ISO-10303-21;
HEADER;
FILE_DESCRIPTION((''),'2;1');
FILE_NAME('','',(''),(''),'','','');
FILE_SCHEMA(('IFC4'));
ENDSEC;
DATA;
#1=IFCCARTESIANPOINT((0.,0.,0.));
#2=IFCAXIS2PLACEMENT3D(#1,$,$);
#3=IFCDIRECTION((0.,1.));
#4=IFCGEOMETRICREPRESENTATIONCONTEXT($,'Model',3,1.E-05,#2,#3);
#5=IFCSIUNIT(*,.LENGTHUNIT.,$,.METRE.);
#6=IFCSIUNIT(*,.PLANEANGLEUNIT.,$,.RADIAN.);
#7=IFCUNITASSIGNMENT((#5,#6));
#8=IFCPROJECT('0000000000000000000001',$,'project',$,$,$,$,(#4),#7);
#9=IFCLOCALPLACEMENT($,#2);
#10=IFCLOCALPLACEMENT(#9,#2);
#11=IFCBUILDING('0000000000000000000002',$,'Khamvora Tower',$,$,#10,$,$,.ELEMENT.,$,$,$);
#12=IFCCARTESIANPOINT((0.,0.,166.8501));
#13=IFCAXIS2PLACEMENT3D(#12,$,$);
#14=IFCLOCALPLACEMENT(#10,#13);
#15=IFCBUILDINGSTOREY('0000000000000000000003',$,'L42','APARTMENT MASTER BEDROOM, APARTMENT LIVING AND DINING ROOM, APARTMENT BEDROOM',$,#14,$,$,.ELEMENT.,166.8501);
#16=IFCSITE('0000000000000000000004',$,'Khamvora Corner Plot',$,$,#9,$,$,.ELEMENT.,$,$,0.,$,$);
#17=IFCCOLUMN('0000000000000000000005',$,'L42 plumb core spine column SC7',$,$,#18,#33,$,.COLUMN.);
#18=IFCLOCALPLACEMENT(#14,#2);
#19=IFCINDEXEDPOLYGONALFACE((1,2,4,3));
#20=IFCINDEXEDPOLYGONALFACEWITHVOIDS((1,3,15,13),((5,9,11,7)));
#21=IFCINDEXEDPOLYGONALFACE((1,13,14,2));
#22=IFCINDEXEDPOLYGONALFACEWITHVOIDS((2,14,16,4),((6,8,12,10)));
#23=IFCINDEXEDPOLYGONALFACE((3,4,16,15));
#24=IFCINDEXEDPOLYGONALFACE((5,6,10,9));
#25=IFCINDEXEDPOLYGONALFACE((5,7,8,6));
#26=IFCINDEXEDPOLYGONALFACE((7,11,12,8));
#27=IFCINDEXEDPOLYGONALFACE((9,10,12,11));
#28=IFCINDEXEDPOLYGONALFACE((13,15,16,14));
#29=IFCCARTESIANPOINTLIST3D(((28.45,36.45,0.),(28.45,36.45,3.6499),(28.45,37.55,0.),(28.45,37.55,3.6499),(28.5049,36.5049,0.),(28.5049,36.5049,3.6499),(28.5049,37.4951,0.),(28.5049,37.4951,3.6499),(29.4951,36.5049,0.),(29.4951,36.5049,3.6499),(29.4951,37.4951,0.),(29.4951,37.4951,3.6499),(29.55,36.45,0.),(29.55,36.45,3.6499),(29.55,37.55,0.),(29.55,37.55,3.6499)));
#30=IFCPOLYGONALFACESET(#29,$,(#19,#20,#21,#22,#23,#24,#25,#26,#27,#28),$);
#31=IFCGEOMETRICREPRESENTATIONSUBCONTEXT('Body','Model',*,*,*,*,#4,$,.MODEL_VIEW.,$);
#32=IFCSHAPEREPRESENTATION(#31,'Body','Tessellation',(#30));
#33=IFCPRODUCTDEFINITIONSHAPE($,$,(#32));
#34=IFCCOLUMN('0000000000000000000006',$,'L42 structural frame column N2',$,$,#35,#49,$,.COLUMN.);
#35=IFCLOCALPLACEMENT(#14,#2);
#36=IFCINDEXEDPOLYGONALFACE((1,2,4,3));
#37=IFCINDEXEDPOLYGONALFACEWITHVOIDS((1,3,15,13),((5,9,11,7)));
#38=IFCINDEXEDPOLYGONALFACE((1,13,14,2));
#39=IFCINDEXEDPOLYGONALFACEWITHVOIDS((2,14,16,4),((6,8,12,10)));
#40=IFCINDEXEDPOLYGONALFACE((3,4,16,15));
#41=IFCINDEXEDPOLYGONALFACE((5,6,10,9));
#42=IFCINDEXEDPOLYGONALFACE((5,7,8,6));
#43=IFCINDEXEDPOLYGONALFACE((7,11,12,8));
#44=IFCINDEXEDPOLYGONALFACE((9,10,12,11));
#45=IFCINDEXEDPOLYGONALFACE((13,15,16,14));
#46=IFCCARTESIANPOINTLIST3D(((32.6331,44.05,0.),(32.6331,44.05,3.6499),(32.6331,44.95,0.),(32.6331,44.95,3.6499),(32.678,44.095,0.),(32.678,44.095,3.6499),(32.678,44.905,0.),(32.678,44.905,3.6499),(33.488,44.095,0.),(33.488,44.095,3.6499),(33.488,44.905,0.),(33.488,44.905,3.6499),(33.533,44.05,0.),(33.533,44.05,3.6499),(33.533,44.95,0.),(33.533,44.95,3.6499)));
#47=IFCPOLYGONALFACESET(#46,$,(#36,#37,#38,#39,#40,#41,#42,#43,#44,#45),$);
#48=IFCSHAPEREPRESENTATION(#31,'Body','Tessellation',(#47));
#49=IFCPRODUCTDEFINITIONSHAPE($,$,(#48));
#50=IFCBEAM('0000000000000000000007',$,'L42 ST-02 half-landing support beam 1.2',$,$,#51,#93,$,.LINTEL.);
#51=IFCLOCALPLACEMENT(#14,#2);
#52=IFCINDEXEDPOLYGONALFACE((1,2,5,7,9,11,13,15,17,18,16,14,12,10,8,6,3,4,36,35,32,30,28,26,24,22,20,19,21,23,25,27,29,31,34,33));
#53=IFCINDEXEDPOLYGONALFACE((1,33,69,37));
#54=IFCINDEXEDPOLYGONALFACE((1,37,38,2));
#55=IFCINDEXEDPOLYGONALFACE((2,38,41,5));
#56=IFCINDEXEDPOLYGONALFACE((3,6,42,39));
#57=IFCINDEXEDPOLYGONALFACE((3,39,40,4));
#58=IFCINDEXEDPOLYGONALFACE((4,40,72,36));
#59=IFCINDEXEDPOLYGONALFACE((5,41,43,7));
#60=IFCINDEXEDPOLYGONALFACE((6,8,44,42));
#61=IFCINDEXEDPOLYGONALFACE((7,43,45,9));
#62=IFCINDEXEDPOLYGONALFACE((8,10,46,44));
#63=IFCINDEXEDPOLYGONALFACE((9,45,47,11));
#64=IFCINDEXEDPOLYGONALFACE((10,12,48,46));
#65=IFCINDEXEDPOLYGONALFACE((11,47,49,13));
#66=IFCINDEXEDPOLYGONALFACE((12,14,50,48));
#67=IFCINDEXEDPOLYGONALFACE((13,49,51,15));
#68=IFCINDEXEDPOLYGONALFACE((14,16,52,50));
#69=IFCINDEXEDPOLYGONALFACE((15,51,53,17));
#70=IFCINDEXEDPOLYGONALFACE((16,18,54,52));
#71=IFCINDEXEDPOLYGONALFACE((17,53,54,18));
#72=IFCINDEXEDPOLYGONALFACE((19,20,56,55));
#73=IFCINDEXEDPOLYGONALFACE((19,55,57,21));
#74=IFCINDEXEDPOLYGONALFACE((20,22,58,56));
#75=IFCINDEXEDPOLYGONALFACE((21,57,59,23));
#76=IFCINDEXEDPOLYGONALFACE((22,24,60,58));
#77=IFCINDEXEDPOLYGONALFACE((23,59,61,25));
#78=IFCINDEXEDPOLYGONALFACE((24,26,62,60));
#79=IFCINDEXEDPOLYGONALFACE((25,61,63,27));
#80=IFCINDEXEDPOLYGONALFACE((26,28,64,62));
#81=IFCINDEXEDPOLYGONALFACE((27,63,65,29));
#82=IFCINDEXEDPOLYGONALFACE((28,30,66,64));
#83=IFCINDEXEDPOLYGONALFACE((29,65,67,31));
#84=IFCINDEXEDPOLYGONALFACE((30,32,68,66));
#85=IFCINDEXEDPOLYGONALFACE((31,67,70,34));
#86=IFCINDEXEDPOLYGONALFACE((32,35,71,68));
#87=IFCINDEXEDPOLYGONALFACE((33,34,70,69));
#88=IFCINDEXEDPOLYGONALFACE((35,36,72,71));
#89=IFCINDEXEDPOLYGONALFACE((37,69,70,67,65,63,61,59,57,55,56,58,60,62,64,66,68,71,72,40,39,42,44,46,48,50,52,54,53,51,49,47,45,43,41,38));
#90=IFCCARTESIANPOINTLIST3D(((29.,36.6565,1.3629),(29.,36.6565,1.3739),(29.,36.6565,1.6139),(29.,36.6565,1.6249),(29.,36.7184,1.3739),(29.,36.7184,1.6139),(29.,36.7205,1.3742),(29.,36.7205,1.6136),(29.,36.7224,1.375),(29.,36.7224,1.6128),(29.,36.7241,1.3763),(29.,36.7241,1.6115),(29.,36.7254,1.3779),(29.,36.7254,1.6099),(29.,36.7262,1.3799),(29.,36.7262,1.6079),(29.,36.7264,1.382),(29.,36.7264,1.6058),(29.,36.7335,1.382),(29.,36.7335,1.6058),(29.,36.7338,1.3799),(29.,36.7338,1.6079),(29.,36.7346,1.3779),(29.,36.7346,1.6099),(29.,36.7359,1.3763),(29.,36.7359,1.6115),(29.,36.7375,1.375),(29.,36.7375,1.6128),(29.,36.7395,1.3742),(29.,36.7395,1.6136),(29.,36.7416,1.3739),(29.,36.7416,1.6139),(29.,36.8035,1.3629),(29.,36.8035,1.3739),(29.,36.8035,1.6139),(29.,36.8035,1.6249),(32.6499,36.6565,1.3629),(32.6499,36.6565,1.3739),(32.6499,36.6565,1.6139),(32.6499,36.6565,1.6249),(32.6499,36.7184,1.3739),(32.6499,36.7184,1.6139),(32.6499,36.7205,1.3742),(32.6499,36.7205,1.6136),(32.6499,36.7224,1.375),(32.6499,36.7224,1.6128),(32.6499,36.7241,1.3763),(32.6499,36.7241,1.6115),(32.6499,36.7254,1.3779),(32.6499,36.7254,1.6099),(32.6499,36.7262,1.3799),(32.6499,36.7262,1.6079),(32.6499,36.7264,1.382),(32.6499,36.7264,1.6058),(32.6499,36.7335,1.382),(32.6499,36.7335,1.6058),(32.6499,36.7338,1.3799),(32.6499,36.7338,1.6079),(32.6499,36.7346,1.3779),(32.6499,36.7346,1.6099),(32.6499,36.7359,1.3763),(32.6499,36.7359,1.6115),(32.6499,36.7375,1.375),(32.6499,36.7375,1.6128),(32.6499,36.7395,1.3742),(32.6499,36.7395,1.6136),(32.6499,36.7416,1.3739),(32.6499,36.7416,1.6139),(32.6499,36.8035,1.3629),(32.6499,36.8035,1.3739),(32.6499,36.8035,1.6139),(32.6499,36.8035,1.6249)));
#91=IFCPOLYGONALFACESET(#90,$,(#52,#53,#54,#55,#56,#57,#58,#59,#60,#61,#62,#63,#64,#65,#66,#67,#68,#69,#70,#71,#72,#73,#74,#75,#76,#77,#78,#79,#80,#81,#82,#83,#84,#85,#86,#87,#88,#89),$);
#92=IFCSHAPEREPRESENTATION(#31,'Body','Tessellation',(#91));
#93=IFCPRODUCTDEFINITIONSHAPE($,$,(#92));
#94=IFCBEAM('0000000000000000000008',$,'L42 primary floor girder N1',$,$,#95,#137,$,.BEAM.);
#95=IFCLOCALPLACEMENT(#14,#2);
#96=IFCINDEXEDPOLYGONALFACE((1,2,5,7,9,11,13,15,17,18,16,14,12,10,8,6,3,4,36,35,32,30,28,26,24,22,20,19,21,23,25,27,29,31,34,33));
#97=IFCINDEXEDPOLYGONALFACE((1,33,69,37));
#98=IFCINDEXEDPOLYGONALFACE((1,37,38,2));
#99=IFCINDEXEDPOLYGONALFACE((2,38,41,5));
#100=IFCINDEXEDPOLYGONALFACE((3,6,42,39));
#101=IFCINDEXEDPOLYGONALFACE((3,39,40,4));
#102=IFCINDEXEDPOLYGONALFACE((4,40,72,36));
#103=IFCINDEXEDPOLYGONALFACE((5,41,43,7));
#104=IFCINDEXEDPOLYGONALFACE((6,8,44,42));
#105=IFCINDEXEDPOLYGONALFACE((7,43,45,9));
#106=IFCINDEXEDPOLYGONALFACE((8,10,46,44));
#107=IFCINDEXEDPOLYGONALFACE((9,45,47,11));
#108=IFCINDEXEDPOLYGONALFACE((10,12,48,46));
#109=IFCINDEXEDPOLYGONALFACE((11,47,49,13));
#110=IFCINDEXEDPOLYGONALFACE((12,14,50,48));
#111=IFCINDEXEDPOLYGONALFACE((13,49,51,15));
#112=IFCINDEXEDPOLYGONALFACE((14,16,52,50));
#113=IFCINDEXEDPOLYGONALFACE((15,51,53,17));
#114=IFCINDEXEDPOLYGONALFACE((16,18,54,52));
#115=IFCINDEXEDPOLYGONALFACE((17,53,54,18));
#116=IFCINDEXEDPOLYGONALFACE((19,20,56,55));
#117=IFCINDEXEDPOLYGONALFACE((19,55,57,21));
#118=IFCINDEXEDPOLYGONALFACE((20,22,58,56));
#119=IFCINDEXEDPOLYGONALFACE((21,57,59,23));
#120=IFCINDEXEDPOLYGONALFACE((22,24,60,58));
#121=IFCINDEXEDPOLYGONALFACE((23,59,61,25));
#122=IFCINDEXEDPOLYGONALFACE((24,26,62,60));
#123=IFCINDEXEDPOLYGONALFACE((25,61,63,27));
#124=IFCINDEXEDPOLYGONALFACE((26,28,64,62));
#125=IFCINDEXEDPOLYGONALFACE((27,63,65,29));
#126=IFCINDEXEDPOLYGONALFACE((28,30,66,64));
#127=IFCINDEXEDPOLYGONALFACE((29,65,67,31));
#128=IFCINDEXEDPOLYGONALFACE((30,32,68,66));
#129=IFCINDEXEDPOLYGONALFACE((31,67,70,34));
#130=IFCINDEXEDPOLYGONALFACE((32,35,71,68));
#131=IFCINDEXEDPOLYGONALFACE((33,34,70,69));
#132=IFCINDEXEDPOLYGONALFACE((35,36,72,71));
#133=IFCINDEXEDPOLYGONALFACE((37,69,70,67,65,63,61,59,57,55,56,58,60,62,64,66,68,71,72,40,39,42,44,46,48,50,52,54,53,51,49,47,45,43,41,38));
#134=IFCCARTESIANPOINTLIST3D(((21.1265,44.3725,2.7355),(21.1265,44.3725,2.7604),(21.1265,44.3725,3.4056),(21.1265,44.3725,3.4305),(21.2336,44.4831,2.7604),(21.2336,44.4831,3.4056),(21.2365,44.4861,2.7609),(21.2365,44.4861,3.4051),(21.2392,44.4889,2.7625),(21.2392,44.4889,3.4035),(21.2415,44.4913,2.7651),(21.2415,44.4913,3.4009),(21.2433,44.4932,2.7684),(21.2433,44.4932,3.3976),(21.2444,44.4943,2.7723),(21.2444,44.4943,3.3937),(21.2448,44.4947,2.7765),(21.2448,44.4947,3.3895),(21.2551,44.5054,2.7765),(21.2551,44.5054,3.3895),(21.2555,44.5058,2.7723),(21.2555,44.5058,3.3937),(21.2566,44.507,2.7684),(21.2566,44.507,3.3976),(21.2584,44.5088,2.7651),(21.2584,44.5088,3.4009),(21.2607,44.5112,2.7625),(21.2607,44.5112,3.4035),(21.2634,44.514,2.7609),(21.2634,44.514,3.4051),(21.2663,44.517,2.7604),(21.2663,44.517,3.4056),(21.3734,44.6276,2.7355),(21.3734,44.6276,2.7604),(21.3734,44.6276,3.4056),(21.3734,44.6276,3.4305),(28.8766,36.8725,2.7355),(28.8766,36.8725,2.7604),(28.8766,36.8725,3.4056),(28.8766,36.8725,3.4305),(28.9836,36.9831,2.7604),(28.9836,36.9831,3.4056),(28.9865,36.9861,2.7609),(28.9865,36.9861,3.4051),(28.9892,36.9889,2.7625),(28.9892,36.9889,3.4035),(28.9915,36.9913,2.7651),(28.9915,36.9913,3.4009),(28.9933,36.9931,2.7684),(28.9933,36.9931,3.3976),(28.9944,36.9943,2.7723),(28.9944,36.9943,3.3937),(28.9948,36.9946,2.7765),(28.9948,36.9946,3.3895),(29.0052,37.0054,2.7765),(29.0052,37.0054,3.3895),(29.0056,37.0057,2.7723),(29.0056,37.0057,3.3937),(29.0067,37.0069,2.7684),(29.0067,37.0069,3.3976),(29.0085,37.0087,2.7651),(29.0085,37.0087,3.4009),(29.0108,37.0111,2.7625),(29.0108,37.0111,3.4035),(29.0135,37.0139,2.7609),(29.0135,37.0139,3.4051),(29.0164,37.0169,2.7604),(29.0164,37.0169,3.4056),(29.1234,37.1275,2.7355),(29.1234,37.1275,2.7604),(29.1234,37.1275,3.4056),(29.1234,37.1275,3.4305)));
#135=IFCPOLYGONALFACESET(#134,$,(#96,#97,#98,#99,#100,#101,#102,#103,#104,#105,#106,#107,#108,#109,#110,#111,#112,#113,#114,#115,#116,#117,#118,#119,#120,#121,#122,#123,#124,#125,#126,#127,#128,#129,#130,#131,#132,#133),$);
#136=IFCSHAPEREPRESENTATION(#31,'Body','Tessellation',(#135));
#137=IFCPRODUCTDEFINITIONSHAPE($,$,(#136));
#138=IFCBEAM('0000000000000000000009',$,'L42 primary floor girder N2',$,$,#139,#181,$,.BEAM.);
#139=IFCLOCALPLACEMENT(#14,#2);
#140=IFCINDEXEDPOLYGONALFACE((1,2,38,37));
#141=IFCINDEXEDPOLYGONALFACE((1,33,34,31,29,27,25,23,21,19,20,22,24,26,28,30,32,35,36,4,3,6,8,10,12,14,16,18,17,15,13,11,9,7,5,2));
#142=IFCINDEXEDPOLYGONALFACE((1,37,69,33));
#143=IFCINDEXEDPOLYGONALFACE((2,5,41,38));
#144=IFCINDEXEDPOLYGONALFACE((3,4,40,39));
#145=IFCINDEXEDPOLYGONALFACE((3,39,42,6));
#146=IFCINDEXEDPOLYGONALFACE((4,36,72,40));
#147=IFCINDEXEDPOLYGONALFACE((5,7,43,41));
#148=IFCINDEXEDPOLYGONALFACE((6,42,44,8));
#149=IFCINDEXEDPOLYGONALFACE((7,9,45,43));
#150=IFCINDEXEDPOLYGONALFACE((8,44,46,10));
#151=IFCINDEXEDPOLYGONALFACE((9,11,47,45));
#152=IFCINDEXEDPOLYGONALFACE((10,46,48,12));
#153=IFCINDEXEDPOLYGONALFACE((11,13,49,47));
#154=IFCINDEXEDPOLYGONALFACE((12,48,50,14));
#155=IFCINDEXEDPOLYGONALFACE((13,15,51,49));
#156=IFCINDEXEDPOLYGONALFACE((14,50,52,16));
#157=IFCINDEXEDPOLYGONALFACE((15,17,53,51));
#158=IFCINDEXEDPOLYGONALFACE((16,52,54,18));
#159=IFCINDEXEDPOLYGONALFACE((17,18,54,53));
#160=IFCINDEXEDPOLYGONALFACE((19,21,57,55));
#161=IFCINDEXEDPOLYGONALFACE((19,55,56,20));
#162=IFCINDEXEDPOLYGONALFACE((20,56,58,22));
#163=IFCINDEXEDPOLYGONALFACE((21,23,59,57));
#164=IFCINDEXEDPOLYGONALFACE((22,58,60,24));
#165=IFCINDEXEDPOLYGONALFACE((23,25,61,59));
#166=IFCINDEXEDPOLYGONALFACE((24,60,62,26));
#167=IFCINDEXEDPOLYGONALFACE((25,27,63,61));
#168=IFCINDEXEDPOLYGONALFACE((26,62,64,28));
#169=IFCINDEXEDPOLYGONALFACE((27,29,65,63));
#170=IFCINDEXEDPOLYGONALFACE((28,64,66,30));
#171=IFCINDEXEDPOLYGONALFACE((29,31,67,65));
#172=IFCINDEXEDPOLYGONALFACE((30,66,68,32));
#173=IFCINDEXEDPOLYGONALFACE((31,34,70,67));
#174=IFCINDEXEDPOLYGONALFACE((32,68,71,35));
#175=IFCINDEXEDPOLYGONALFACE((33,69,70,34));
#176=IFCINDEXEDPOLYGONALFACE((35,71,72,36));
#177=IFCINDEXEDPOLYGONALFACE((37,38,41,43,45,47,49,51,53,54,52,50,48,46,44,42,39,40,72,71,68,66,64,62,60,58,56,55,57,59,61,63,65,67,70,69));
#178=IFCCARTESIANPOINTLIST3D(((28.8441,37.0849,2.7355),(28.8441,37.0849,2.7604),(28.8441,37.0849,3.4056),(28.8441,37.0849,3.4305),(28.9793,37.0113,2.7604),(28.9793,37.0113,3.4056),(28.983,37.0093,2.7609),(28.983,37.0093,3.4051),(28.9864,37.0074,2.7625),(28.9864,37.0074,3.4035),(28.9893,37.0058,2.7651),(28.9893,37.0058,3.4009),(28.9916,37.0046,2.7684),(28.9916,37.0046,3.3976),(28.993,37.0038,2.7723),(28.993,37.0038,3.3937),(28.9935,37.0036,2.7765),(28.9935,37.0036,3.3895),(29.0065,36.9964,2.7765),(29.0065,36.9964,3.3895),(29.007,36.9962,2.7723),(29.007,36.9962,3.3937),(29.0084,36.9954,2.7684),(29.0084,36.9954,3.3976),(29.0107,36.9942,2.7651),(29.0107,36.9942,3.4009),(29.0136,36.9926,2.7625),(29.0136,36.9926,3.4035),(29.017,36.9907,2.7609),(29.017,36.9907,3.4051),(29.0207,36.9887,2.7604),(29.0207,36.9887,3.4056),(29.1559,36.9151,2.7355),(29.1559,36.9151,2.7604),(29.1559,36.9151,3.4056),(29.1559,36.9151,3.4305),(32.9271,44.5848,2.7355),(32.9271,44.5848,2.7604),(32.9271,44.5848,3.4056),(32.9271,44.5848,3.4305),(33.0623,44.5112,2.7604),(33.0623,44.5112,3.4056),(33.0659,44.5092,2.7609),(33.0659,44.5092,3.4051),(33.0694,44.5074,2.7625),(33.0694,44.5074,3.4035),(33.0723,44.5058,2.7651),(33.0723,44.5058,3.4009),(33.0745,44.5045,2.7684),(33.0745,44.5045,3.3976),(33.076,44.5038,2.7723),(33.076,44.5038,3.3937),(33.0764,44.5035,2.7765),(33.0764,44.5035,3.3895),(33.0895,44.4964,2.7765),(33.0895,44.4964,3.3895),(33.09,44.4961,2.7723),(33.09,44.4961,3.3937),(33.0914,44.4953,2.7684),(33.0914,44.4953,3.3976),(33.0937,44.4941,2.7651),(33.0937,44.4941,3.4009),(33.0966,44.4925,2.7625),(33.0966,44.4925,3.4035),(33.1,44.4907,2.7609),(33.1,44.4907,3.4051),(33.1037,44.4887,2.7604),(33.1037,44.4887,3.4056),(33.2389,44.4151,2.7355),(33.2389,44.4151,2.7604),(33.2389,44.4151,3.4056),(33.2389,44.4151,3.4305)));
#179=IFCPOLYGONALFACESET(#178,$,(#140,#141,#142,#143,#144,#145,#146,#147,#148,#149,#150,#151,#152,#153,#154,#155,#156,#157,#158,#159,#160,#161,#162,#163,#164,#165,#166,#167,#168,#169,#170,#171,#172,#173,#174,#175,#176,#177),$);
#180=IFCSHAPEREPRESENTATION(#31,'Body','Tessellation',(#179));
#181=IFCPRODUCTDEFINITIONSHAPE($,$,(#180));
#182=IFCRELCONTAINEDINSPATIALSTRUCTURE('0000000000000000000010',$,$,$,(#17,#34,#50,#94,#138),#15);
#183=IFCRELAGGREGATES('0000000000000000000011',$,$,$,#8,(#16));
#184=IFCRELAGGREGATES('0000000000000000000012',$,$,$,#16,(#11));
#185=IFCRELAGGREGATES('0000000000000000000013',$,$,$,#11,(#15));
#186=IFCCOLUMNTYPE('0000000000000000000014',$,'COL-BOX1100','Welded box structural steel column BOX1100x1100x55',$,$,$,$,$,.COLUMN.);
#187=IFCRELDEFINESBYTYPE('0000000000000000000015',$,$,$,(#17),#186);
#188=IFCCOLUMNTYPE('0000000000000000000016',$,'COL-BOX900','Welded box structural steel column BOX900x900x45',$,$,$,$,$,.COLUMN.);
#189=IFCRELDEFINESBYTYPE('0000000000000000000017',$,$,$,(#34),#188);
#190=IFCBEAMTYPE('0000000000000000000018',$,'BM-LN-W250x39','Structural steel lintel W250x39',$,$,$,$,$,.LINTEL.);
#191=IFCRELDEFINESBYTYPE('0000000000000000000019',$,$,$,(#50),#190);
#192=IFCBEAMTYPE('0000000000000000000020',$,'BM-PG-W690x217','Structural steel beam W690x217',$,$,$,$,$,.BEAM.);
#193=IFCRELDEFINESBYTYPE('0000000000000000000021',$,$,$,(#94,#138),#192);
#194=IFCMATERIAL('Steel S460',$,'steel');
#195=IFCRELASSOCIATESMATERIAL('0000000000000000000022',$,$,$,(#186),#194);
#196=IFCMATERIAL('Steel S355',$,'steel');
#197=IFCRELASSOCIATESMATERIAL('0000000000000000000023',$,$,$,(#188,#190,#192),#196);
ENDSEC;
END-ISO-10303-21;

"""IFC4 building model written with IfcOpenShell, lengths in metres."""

from ifc_helpers import new_model, si_unit, direction, frame, origin, origin_2d, place, context, subcontext, project, spatial, hollow_rectangle, i_section, extrude, material, material_profile, profile_set, type_object, element, save


model = new_model("IFC4")

# Units and contexts
model_context = context("Model", 3, precision=1e-05, world=origin(), true_north=direction((0.0, 1.0)))
body_context = subcontext(model_context, "Body", "Model", "MODEL_VIEW")
ifc_project = project(units=[si_unit("LENGTHUNIT", "METRE"), si_unit("PLANEANGLEUNIT", "RADIAN")], contexts=[model_context])

# Site, building, storey
site_placement = place(None, origin())
site = spatial("IfcSite", under=ifc_project, at=site_placement, Name="Khamvora Corner Plot", CompositionType="ELEMENT", RefElevation=0.0)
building_placement = place(site_placement, origin())
building = spatial("IfcBuilding", under=site, at=building_placement, Name="Khamvora Tower", CompositionType="ELEMENT")
storey_placement = place(building_placement, frame((0.0, 0.0, 166.8501)))
storey = spatial("IfcBuildingStorey", under=building, at=storey_placement, Name="L42", Description="APARTMENT MASTER BEDROOM, APARTMENT LIVING AND DINING ROOM, APARTMENT BEDROOM", CompositionType="ELEMENT", Elevation=166.8501)

# Columns
ifc_material_1 = material(Name="Steel S460", Category="steel")
ifc_material_profile_1 = material_profile(ifc_material_1, hollow_rectangle(XDim=1.1001, YDim=1.1001, WallThickness=0.0549, at=origin_2d()), Name="BOX1100x1100x55")
ifc_profile_set_1 = profile_set([ifc_material_profile_1], Name="Steel S460")
column_type_1 = type_object("IfcColumnType", Name="COL-BOX1100", Description="Welded box structural steel column BOX1100x1100x55", PredefinedType="COLUMN", material=ifc_profile_set_1)
column_1_placement = place(storey_placement, frame((29.0, 37.0, 0.0), z_axis=(0.0, 0.0, 1.0), x_axis=(1.0, 0.0, 0.0)))
element("IfcColumn", 1, at=column_1_placement, inside=storey, type_object=column_type_1, Name="L42 plumb core spine column SC7", PredefinedType="COLUMN", context=body_context, shape_type="SweptSolid", body=[
    extrude(hollow_rectangle(XDim=1.1001, YDim=1.1001, WallThickness=0.0549, at=origin_2d()), origin(), (0.0, 0.0, 1.0), 3.6499),
])
ifc_material_2 = material(Name="Steel S355", Category="steel")
ifc_material_profile_2 = material_profile(ifc_material_2, hollow_rectangle(XDim=0.8999, YDim=0.8999, WallThickness=0.0449, at=origin_2d()), Name="BOX900x900x45")
ifc_profile_set_2 = profile_set([ifc_material_profile_2], Name="Steel S355")
column_type_2 = type_object("IfcColumnType", Name="COL-BOX900", Description="Welded box structural steel column BOX900x900x45", PredefinedType="COLUMN", material=ifc_profile_set_2)
column_2_placement = place(storey_placement, frame((33.083, 44.5, 0.0), z_axis=(0.0, 0.0, 1.0), x_axis=(1.0, 0.0, 0.0)))
element("IfcColumn", 2, at=column_2_placement, inside=storey, type_object=column_type_2, Name="L42 structural frame column N2", PredefinedType="COLUMN", context=body_context, shape_type="SweptSolid", body=[
    extrude(hollow_rectangle(XDim=0.8999, YDim=0.8999, WallThickness=0.0449, at=origin_2d()), origin(), (0.0, 0.0, 1.0), 3.6499),
])

# Beams
ifc_material_profile_3 = material_profile(ifc_material_2, i_section(OverallWidth=0.147, OverallDepth=0.262, WebThickness=0.0071, FlangeThickness=0.011, FilletRadius=0.0081, at=origin_2d()), Name="W250x39")
ifc_profile_set_3 = profile_set([ifc_material_profile_3], Name="Steel S355")
beam_type_1 = type_object("IfcBeamType", Name="BM-LN-W250x39", Description="Structural steel lintel W250x39", PredefinedType="LINTEL", material=ifc_profile_set_3)
beam_1_placement = place(storey_placement, frame((29.0, 36.73, 1.4939), z_axis=(1.0, 0.0, 0.0), x_axis=(0.0, 1.0, 0.0)))
element("IfcBeam", 3, at=beam_1_placement, inside=storey, type_object=beam_type_1, Name="L42 ST-02 half-landing support beam 1.2", PredefinedType="LINTEL", context=body_context, shape_type="SweptSolid", body=[
    extrude(i_section(OverallWidth=0.147, OverallDepth=0.262, WebThickness=0.0071, FlangeThickness=0.011, FilletRadius=0.0081, at=origin_2d()), origin(), (0.0, 0.0, 1.0), 3.6499),
])
ifc_material_profile_4 = material_profile(ifc_material_2, i_section(OverallWidth=0.355, OverallDepth=0.6951, WebThickness=0.0149, FlangeThickness=0.0249, FilletRadius=0.0161, at=origin_2d()), Name="W690x217")
ifc_profile_set_4 = profile_set([ifc_material_profile_4], Name="Steel S355")
beam_type_2 = type_object("IfcBeamType", Name="BM-PG-W690x217", Description="Structural steel beam W690x217", PredefinedType="BEAM", material=ifc_profile_set_4)
beam_2_placement = place(storey_placement, frame((29.0, 37.0, 3.083), z_axis=(-0.718602, 0.695421, 0.0), x_axis=(-0.695421, -0.718602, 0.0)))
element("IfcBeam", 4, at=beam_2_placement, inside=storey, type_object=beam_type_2, Name="L42 primary floor girder N1", PredefinedType="BEAM", context=body_context, shape_type="SweptSolid", body=[
    extrude(i_section(OverallWidth=0.355, OverallDepth=0.6951, WebThickness=0.0149, FlangeThickness=0.0249, FilletRadius=0.0161, at=origin_2d()), origin(), (0.0, 0.0, 1.0), 10.7849),
])
beam_3_placement = place(storey_placement, frame((29.0, 37.0, 3.083), z_axis=(0.478139, 0.878284, 0.0), x_axis=(-0.878284, 0.478139, 0.0)))
element("IfcBeam", 5, at=beam_3_placement, inside=storey, type_object=beam_type_2, Name="L42 primary floor girder N2", PredefinedType="BEAM", context=body_context, shape_type="SweptSolid", body=[
    extrude(i_section(OverallWidth=0.355, OverallDepth=0.6951, WebThickness=0.0149, FlangeThickness=0.0249, FilletRadius=0.0161, at=origin_2d()), origin(), (0.0, 0.0, 1.0), 8.5393),
])

save(model, "model.ifc")
